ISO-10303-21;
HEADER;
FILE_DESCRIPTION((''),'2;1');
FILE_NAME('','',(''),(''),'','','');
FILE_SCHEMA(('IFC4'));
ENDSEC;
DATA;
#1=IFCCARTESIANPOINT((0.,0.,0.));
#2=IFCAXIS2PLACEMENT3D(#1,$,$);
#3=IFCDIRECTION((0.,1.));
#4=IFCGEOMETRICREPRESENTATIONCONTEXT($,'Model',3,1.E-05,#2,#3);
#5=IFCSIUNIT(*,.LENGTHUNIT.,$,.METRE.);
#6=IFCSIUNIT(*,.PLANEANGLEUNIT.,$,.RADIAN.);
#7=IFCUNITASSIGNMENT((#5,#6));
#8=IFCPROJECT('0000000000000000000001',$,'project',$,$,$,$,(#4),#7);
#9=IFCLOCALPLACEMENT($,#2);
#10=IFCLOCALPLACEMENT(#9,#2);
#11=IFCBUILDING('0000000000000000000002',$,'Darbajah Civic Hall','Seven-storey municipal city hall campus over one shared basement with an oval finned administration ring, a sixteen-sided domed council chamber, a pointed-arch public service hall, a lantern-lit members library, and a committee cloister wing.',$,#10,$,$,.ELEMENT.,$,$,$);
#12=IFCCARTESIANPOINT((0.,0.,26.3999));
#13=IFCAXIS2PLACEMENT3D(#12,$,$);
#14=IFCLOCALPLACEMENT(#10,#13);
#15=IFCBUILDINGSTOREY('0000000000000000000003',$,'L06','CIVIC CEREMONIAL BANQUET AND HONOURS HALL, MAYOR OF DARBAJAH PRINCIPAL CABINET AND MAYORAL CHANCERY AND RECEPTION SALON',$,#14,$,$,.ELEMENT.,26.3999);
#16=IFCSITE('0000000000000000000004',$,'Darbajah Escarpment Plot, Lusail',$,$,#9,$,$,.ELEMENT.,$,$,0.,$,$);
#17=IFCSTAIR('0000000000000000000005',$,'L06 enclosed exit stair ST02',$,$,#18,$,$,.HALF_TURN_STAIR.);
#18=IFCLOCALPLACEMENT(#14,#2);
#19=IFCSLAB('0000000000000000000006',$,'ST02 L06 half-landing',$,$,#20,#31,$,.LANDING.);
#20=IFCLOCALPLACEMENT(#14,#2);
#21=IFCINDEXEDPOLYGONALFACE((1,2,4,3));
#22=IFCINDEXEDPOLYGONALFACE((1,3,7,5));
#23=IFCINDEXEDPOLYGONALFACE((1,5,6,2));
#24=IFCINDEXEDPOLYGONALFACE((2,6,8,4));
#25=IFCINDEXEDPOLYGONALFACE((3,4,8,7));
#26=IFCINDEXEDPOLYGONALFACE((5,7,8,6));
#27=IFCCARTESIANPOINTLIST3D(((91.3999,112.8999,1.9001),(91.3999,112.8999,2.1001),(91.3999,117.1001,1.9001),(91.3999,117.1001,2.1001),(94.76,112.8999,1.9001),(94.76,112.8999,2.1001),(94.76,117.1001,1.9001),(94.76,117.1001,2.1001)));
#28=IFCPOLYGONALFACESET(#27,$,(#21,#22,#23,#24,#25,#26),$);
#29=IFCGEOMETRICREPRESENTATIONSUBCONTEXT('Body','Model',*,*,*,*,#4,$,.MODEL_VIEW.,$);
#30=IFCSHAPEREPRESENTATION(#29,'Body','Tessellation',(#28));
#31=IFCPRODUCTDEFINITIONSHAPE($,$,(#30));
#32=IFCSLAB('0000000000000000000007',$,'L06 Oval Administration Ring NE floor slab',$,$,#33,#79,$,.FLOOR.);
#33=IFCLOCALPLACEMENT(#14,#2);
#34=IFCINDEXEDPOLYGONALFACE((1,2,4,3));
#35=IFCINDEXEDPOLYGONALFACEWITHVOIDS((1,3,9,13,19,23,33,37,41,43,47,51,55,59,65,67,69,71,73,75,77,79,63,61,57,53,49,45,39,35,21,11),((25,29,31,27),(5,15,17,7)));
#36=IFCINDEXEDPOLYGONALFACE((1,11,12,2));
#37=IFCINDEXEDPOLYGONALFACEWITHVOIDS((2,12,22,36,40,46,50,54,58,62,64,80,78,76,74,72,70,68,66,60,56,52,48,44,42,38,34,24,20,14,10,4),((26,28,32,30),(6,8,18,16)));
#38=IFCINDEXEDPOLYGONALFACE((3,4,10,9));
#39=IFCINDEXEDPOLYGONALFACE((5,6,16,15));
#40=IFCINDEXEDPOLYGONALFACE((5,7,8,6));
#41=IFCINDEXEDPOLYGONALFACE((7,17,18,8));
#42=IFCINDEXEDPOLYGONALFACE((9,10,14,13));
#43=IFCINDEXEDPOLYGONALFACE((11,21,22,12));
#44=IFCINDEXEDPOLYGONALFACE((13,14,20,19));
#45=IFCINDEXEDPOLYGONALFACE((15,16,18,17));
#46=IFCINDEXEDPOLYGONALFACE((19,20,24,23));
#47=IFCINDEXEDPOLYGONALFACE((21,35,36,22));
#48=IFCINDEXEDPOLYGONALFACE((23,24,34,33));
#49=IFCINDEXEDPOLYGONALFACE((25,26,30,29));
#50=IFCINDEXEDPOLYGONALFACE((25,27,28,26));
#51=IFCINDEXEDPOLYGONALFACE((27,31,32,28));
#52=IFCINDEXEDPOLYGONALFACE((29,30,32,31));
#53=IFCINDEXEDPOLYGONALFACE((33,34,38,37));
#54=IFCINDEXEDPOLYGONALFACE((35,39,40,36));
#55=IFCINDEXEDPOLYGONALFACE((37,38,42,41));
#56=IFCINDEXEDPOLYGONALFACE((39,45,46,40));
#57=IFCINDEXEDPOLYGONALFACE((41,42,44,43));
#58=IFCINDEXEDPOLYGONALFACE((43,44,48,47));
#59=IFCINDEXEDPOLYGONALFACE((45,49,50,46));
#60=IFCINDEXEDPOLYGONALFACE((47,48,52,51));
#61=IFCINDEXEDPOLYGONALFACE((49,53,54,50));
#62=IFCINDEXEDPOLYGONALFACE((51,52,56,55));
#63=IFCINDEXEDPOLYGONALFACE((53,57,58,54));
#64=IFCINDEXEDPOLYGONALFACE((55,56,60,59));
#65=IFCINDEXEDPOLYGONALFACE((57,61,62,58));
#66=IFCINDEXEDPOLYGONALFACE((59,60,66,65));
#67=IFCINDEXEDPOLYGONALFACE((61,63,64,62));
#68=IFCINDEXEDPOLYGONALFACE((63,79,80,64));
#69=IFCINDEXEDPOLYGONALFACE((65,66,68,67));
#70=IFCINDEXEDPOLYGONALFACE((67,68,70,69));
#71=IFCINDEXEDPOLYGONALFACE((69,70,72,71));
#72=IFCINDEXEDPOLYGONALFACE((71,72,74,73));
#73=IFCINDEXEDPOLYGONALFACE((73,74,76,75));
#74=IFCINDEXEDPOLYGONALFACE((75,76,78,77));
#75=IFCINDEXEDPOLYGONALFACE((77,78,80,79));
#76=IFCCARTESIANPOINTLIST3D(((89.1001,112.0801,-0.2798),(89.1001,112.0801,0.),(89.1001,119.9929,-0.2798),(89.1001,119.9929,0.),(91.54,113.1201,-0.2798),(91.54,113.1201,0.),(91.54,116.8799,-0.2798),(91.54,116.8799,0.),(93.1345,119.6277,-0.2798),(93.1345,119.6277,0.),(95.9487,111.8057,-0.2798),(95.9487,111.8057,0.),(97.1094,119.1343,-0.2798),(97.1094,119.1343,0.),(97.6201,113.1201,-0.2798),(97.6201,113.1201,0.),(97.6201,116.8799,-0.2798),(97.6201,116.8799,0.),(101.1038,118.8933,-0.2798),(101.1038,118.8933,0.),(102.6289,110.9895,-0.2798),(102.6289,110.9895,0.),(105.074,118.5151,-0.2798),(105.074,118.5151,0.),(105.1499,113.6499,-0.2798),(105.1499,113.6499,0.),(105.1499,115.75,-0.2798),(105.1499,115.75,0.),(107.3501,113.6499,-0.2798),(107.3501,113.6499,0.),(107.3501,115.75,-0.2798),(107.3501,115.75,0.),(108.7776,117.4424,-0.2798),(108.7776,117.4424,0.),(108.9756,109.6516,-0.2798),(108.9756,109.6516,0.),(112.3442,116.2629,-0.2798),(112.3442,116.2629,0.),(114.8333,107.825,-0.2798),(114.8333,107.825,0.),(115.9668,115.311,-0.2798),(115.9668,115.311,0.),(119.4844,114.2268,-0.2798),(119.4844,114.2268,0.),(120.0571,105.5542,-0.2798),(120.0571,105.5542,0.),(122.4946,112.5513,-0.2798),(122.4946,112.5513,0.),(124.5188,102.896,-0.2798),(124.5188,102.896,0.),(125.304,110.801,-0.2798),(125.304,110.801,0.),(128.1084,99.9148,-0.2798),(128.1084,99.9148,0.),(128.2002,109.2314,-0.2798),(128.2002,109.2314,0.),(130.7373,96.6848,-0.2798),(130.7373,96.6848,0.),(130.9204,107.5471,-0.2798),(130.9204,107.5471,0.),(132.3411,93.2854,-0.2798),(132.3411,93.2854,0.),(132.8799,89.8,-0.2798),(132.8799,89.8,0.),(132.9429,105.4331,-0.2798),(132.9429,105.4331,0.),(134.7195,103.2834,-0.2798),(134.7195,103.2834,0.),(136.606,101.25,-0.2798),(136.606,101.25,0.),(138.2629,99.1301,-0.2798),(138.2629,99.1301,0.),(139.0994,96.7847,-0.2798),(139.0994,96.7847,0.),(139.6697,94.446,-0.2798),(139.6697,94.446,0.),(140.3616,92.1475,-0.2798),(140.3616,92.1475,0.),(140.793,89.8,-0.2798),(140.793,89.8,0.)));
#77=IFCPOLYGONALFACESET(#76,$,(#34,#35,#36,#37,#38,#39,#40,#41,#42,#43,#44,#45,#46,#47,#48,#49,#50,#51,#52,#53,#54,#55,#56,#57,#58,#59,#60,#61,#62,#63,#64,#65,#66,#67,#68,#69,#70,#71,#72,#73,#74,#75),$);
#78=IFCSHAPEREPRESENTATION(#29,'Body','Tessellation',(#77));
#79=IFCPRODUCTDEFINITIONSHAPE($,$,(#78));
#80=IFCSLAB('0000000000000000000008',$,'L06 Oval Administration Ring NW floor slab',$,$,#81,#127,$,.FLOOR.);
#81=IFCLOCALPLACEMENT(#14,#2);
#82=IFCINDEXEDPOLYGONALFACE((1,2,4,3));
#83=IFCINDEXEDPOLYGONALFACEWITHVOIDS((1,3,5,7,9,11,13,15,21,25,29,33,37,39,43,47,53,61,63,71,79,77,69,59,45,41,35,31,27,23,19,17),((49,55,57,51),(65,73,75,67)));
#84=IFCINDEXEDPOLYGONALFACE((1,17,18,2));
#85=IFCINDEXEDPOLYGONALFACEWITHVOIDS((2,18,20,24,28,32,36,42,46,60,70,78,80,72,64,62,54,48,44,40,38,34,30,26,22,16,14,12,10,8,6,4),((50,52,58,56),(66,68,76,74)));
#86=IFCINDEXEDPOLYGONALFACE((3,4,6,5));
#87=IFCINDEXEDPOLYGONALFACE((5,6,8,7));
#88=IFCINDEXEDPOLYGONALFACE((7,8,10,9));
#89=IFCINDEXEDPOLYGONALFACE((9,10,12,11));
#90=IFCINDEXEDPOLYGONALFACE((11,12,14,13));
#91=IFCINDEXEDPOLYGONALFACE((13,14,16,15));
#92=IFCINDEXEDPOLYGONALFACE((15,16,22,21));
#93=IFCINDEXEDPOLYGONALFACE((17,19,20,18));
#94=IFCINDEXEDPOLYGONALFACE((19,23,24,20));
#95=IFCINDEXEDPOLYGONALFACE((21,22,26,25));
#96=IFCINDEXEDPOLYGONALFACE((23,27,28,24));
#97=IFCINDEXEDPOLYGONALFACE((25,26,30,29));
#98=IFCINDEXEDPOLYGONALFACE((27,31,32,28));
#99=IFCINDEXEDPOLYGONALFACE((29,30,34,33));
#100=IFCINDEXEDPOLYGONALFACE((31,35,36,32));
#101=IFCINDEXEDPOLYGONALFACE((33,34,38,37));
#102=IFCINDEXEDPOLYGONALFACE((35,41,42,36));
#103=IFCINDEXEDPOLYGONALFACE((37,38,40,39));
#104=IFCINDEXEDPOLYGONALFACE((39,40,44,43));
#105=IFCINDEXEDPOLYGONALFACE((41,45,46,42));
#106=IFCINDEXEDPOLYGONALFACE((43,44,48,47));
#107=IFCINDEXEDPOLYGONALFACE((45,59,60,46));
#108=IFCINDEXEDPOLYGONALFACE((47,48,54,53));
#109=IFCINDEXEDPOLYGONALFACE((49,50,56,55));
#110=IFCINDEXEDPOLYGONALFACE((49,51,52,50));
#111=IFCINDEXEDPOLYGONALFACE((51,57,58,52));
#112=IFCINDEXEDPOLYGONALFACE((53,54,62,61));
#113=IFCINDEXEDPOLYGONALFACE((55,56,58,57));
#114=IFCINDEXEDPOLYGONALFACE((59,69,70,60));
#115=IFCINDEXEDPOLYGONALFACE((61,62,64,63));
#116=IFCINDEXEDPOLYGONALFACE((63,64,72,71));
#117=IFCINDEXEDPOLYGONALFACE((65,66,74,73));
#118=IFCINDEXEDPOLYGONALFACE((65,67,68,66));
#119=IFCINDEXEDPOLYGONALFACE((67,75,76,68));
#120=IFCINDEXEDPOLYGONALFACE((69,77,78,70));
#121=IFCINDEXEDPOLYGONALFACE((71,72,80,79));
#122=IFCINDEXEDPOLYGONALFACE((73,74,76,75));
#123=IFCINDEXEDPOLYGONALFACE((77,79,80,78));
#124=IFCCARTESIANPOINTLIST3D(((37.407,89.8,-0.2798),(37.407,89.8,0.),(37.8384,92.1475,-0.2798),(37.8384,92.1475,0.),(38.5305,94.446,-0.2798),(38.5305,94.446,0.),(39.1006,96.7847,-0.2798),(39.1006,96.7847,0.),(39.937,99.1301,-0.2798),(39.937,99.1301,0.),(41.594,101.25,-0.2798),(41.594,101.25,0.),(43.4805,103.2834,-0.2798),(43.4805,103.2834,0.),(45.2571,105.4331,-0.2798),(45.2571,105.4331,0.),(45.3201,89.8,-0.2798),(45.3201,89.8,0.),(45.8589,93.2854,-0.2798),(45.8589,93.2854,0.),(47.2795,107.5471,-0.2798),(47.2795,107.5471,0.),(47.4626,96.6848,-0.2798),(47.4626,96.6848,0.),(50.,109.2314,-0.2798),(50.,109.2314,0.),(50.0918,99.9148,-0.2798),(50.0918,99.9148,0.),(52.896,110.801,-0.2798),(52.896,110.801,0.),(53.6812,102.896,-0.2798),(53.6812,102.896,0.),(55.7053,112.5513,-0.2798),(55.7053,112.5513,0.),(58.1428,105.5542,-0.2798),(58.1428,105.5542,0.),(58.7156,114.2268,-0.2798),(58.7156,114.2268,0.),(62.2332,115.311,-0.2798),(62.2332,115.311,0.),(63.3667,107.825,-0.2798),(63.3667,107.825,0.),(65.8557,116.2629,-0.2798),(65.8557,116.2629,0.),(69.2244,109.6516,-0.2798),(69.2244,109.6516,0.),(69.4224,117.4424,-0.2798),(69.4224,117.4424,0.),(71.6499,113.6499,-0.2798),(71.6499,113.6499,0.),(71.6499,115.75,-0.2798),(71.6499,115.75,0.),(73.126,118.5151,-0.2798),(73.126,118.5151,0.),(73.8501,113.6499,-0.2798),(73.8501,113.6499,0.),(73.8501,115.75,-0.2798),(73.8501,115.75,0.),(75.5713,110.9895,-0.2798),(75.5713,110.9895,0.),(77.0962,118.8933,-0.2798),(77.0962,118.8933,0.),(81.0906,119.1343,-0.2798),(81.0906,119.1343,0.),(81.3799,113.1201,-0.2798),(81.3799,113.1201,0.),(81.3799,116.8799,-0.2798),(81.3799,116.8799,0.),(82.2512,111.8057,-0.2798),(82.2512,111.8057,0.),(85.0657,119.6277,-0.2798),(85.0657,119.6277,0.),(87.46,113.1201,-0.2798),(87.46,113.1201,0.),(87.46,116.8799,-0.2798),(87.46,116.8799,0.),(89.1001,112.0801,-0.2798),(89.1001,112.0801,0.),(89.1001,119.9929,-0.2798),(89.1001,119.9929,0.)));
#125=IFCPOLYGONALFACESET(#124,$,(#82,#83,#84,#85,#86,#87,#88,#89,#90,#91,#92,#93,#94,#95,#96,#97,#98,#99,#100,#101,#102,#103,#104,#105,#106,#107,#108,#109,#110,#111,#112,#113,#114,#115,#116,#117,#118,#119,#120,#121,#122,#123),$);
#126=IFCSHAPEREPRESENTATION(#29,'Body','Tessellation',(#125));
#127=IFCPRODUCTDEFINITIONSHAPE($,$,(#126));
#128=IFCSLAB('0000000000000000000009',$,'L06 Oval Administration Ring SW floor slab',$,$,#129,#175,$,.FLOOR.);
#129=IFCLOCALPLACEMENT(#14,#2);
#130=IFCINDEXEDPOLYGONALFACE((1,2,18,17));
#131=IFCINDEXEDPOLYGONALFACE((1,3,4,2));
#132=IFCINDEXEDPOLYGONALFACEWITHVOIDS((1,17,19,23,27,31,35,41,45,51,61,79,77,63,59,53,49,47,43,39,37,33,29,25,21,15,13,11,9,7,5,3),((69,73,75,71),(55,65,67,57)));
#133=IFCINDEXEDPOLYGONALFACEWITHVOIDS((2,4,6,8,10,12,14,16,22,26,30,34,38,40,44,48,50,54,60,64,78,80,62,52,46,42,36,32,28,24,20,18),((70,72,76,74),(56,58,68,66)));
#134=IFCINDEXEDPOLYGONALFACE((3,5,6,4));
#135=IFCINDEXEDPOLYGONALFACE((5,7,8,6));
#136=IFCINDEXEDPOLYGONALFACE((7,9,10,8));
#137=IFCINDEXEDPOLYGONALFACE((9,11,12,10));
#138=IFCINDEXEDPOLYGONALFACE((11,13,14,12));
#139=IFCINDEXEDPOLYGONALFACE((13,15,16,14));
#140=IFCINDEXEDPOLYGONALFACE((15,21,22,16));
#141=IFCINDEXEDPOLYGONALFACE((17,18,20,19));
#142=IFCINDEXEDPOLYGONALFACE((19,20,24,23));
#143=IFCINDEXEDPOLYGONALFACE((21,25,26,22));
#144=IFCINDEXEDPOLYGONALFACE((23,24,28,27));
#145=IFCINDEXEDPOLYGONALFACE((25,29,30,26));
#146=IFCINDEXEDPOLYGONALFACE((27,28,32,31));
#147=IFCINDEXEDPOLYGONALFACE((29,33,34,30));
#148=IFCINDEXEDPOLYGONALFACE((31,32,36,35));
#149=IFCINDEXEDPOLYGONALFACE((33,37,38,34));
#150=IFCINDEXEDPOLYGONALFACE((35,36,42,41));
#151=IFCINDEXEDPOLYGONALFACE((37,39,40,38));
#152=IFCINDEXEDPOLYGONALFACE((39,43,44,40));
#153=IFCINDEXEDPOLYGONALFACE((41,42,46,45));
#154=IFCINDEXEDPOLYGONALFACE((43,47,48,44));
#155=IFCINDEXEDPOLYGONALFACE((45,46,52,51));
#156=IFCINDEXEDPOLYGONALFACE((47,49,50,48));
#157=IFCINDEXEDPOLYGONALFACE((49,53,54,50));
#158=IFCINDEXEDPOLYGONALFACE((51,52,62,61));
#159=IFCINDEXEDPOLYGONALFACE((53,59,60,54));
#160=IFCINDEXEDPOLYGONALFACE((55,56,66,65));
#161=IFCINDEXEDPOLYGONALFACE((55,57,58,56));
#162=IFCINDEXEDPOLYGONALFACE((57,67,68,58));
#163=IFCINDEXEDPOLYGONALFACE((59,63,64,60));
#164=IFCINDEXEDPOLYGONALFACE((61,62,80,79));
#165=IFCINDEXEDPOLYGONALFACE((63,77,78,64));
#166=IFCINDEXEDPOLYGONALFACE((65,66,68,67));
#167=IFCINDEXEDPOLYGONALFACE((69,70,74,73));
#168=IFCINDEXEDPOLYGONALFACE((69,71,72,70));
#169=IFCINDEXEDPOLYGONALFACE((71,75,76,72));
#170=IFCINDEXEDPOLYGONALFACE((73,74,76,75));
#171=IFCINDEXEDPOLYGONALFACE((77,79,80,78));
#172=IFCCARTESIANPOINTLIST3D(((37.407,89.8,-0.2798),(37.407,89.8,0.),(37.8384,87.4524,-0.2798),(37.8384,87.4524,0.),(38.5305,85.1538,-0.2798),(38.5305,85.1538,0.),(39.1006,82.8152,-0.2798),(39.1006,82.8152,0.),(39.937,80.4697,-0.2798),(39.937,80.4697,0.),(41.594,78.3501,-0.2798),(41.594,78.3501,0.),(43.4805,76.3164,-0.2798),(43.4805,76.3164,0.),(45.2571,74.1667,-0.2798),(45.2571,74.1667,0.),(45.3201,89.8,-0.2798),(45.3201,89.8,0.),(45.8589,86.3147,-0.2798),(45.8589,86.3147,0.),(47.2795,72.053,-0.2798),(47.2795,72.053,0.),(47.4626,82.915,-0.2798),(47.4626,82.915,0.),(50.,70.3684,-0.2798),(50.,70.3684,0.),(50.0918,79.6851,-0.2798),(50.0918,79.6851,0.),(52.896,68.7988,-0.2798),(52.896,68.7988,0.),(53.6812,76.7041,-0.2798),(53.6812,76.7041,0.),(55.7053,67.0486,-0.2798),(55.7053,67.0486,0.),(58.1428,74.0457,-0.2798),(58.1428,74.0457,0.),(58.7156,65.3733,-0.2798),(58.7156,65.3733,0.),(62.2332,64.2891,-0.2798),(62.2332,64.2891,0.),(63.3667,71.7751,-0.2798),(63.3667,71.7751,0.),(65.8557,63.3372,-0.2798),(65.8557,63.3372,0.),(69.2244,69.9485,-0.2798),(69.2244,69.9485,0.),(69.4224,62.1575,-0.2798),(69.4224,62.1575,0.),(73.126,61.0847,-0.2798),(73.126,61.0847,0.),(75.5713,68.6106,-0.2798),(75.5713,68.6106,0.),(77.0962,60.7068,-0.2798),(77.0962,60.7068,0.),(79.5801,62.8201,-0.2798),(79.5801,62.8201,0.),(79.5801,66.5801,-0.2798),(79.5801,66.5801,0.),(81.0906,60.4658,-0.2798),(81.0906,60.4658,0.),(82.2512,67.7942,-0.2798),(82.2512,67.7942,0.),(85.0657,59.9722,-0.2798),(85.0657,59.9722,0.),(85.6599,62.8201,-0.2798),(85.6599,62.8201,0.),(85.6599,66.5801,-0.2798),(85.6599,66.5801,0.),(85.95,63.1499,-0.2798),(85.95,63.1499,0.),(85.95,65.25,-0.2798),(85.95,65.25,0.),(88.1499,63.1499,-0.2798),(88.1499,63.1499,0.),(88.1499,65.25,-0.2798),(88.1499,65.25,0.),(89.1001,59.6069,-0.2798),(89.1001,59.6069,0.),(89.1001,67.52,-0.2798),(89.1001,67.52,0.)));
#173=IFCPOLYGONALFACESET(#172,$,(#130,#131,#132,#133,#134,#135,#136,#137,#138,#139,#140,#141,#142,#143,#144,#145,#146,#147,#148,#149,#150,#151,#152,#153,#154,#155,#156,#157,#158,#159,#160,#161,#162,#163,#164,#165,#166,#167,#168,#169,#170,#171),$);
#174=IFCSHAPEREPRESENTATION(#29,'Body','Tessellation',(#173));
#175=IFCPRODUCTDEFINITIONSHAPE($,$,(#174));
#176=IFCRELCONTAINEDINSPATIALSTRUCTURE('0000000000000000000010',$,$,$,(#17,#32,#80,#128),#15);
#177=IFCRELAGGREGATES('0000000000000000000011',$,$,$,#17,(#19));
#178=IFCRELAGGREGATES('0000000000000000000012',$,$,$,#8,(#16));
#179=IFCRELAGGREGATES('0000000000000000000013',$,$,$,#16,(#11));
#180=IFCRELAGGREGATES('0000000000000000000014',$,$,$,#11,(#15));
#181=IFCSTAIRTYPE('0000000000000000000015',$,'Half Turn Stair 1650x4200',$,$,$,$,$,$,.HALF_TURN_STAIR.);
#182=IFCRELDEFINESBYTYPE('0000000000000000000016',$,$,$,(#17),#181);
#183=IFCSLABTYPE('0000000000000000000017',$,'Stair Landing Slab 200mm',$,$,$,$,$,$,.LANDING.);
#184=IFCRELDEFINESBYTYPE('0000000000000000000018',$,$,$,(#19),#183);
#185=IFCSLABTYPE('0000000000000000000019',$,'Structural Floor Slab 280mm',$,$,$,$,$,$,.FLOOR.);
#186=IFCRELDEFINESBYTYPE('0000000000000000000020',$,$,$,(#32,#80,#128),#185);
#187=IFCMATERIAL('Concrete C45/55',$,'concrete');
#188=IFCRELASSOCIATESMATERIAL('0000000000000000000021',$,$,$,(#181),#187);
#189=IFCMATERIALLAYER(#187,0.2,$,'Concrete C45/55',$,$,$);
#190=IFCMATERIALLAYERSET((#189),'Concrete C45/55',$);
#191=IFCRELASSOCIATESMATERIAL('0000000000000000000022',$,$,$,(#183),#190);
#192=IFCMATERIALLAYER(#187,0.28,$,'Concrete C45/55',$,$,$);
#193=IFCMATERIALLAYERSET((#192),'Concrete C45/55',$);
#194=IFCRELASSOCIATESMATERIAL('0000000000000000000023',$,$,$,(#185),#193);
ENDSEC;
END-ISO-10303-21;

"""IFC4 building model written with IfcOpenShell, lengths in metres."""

from ifc_helpers import new_model, si_unit, direction, frame, origin, place, context, subcontext, project, spatial, polyline, outline, extrude, material, layer, layer_set, type_object, element, aggregate, save


model = new_model("IFC4")

# Units and contexts
model_context = context("Model", 3, precision=1e-05, world=origin(), true_north=direction((0.0, 1.0)))
body_context = subcontext(model_context, "Body", "Model", "MODEL_VIEW")
ifc_project = project(units=[si_unit("LENGTHUNIT", "METRE"), si_unit("PLANEANGLEUNIT", "RADIAN")], contexts=[model_context])

# Site, building, storey
site_placement = place(None, origin())
site = spatial("IfcSite", under=ifc_project, at=site_placement, Name="Darbajah Escarpment Plot, Lusail", CompositionType="ELEMENT", RefElevation=0.0)
building_placement = place(site_placement, origin())
building = spatial("IfcBuilding", under=site, at=building_placement, Name="Darbajah Civic Hall", Description="Seven-storey municipal city hall campus over one shared basement with an oval finned administration ring, a sixteen-sided domed council chamber, a pointed-arch public service hall, a lantern-lit members library, and a committee cloister wing.", CompositionType="ELEMENT")
storey_placement = place(building_placement, frame((0.0, 0.0, 26.3999)))
storey = spatial("IfcBuildingStorey", under=building, at=storey_placement, Name="L06", Description="CIVIC CEREMONIAL BANQUET AND HONOURS HALL, MAYOR OF DARBAJAH PRINCIPAL CABINET AND MAYORAL CHANCERY AND RECEPTION SALON", CompositionType="ELEMENT", Elevation=26.3999)

# Stair, slab
ifc_material_1 = material(Name="Concrete C45/55", Category="concrete")
stair_type = type_object("IfcStairType", Name="Half Turn Stair 1650x4200", PredefinedType="HALF_TURN_STAIR", material=ifc_material_1)
ifc_layer_1 = layer(ifc_material_1, 0.2, Name="Concrete C45/55")
ifc_layer_set_1 = layer_set([ifc_layer_1], Name="Concrete C45/55")
slab_type_1 = type_object("IfcSlabType", Name="Stair Landing Slab 200mm", PredefinedType="LANDING", material=ifc_layer_set_1)
stair_1_placement = place(storey_placement, origin())
stair_1 = element("IfcStair", 1, at=stair_1_placement, inside=storey, type_object=stair_type, Name="L06 enclosed exit stair ST02", PredefinedType="HALF_TURN_STAIR")
slab_1_placement = place(storey_placement, frame((0.0, 0.0, 1.9001)))
slab_1 = element("IfcSlab", 2, at=slab_1_placement, type_object=slab_type_1, Name="ST02 L06 half-landing", PredefinedType="LANDING", context=body_context, shape_type="SweptSolid", body=[
    extrude(outline(polyline([(91.3999, 112.8999), (94.76, 112.8999), (94.76, 117.1001), (91.3999, 117.1001), (91.3999, 112.8999)])), origin(), (0.0, 0.0, 1.0), 0.2),
])
aggregate(stair_1, [slab_1])

# Slabs
ifc_layer_2 = layer(ifc_material_1, 0.28, Name="Concrete C45/55")
ifc_layer_set_2 = layer_set([ifc_layer_2], Name="Concrete C45/55")
slab_type_2 = type_object("IfcSlabType", Name="Structural Floor Slab 280mm", PredefinedType="FLOOR", material=ifc_layer_set_2)
slab_2_placement = place(storey_placement, frame((0.0, 0.0, -0.2798)))
element("IfcSlab", 3, at=slab_2_placement, inside=storey, type_object=slab_type_2, Name="L06 Oval Administration Ring NE floor slab", PredefinedType="FLOOR", context=body_context, shape_type="SweptSolid", body=[
    extrude(outline(polyline([(140.793, 89.8), (140.3616, 92.1475), (139.6697, 94.446), (139.0994, 96.7847), (138.2629, 99.1301), (136.606, 101.25), (134.7195, 103.2834), (132.9429, 105.4331), (130.9204, 107.5471), (128.2002, 109.2314), (125.304, 110.801), (122.4946, 112.5513), (119.4844, 114.2268), (115.9668, 115.311), (112.3442, 116.2629), (108.7776, 117.4424), (105.074, 118.5151), (101.1038, 118.8933), (97.1094, 119.1343), (93.1345, 119.6277), (89.1001, 119.9929), (89.1001, 112.0801), (95.9487, 111.8057), (102.6289, 110.9895), (108.9756, 109.6516), (114.8333, 107.825), (120.0571, 105.5542), (124.5188, 102.896), (128.1084, 99.9148), (130.7373, 96.6848), (132.3411, 93.2854), (132.8799, 89.8), (140.793, 89.8)]), holes=[polyline([(91.54, 116.8799), (97.6201, 116.8799), (97.6201, 113.1201), (91.54, 113.1201), (91.54, 116.8799)]), polyline([(105.1499, 115.75), (107.3501, 115.75), (107.3501, 113.6499), (105.1499, 113.6499), (105.1499, 115.75)])]), origin(), (0.0, 0.0, 1.0), 0.2798),
])
slab_3_placement = place(storey_placement, frame((0.0, 0.0, -0.2798)))
element("IfcSlab", 4, at=slab_3_placement, inside=storey, type_object=slab_type_2, Name="L06 Oval Administration Ring NW floor slab", PredefinedType="FLOOR", context=body_context, shape_type="SweptSolid", body=[
    extrude(outline(polyline([(89.1001, 119.9929), (85.0657, 119.6277), (81.0906, 119.1343), (77.0962, 118.8933), (73.126, 118.5151), (69.4224, 117.4424), (65.8557, 116.2629), (62.2332, 115.311), (58.7156, 114.2268), (55.7053, 112.5513), (52.896, 110.801), (50.0, 109.2314), (47.2795, 107.5471), (45.2571, 105.4331), (43.4805, 103.2834), (41.594, 101.25), (39.937, 99.1301), (39.1006, 96.7847), (38.5305, 94.446), (37.8384, 92.1475), (37.407, 89.8), (45.3201, 89.8), (45.8589, 93.2854), (47.4626, 96.6848), (50.0918, 99.9148), (53.6812, 102.896), (58.1428, 105.5542), (63.3667, 107.825), (69.2244, 109.6516), (75.5713, 110.9895), (82.2512, 111.8057), (89.1001, 112.0801), (89.1001, 119.9929)]), holes=[polyline([(81.3799, 116.8799), (87.46, 116.8799), (87.46, 113.1201), (81.3799, 113.1201), (81.3799, 116.8799)]), polyline([(71.6499, 115.75), (73.8501, 115.75), (73.8501, 113.6499), (71.6499, 113.6499), (71.6499, 115.75)])]), origin(), (0.0, 0.0, 1.0), 0.2798),
])
slab_4_placement = place(storey_placement, frame((0.0, 0.0, -0.2798)))
element("IfcSlab", 5, at=slab_4_placement, inside=storey, type_object=slab_type_2, Name="L06 Oval Administration Ring SW floor slab", PredefinedType="FLOOR", context=body_context, shape_type="SweptSolid", body=[
    extrude(outline(polyline([(37.407, 89.8), (37.8384, 87.4524), (38.5305, 85.1538), (39.1006, 82.8152), (39.937, 80.4697), (41.594, 78.3501), (43.4805, 76.3164), (45.2571, 74.1667), (47.2795, 72.053), (50.0, 70.3684), (52.896, 68.7988), (55.7053, 67.0486), (58.7156, 65.3733), (62.2332, 64.2891), (65.8557, 63.3372), (69.4224, 62.1575), (73.126, 61.0847), (77.0962, 60.7068), (81.0906, 60.4658), (85.0657, 59.9722), (89.1001, 59.6069), (89.1001, 67.52), (82.2512, 67.7942), (75.5713, 68.6106), (69.2244, 69.9485), (63.3667, 71.7751), (58.1428, 74.0457), (53.6812, 76.7041), (50.0918, 79.6851), (47.4626, 82.915), (45.8589, 86.3147), (45.3201, 89.8), (37.407, 89.8)]), holes=[polyline([(79.5801, 66.5801), (85.6599, 66.5801), (85.6599, 62.8201), (79.5801, 62.8201), (79.5801, 66.5801)]), polyline([(85.95, 65.25), (88.1499, 65.25), (88.1499, 63.1499), (85.95, 63.1499), (85.95, 65.25)])]), origin(), (0.0, 0.0, 1.0), 0.2798),
])

save(model, "model.ifc")
